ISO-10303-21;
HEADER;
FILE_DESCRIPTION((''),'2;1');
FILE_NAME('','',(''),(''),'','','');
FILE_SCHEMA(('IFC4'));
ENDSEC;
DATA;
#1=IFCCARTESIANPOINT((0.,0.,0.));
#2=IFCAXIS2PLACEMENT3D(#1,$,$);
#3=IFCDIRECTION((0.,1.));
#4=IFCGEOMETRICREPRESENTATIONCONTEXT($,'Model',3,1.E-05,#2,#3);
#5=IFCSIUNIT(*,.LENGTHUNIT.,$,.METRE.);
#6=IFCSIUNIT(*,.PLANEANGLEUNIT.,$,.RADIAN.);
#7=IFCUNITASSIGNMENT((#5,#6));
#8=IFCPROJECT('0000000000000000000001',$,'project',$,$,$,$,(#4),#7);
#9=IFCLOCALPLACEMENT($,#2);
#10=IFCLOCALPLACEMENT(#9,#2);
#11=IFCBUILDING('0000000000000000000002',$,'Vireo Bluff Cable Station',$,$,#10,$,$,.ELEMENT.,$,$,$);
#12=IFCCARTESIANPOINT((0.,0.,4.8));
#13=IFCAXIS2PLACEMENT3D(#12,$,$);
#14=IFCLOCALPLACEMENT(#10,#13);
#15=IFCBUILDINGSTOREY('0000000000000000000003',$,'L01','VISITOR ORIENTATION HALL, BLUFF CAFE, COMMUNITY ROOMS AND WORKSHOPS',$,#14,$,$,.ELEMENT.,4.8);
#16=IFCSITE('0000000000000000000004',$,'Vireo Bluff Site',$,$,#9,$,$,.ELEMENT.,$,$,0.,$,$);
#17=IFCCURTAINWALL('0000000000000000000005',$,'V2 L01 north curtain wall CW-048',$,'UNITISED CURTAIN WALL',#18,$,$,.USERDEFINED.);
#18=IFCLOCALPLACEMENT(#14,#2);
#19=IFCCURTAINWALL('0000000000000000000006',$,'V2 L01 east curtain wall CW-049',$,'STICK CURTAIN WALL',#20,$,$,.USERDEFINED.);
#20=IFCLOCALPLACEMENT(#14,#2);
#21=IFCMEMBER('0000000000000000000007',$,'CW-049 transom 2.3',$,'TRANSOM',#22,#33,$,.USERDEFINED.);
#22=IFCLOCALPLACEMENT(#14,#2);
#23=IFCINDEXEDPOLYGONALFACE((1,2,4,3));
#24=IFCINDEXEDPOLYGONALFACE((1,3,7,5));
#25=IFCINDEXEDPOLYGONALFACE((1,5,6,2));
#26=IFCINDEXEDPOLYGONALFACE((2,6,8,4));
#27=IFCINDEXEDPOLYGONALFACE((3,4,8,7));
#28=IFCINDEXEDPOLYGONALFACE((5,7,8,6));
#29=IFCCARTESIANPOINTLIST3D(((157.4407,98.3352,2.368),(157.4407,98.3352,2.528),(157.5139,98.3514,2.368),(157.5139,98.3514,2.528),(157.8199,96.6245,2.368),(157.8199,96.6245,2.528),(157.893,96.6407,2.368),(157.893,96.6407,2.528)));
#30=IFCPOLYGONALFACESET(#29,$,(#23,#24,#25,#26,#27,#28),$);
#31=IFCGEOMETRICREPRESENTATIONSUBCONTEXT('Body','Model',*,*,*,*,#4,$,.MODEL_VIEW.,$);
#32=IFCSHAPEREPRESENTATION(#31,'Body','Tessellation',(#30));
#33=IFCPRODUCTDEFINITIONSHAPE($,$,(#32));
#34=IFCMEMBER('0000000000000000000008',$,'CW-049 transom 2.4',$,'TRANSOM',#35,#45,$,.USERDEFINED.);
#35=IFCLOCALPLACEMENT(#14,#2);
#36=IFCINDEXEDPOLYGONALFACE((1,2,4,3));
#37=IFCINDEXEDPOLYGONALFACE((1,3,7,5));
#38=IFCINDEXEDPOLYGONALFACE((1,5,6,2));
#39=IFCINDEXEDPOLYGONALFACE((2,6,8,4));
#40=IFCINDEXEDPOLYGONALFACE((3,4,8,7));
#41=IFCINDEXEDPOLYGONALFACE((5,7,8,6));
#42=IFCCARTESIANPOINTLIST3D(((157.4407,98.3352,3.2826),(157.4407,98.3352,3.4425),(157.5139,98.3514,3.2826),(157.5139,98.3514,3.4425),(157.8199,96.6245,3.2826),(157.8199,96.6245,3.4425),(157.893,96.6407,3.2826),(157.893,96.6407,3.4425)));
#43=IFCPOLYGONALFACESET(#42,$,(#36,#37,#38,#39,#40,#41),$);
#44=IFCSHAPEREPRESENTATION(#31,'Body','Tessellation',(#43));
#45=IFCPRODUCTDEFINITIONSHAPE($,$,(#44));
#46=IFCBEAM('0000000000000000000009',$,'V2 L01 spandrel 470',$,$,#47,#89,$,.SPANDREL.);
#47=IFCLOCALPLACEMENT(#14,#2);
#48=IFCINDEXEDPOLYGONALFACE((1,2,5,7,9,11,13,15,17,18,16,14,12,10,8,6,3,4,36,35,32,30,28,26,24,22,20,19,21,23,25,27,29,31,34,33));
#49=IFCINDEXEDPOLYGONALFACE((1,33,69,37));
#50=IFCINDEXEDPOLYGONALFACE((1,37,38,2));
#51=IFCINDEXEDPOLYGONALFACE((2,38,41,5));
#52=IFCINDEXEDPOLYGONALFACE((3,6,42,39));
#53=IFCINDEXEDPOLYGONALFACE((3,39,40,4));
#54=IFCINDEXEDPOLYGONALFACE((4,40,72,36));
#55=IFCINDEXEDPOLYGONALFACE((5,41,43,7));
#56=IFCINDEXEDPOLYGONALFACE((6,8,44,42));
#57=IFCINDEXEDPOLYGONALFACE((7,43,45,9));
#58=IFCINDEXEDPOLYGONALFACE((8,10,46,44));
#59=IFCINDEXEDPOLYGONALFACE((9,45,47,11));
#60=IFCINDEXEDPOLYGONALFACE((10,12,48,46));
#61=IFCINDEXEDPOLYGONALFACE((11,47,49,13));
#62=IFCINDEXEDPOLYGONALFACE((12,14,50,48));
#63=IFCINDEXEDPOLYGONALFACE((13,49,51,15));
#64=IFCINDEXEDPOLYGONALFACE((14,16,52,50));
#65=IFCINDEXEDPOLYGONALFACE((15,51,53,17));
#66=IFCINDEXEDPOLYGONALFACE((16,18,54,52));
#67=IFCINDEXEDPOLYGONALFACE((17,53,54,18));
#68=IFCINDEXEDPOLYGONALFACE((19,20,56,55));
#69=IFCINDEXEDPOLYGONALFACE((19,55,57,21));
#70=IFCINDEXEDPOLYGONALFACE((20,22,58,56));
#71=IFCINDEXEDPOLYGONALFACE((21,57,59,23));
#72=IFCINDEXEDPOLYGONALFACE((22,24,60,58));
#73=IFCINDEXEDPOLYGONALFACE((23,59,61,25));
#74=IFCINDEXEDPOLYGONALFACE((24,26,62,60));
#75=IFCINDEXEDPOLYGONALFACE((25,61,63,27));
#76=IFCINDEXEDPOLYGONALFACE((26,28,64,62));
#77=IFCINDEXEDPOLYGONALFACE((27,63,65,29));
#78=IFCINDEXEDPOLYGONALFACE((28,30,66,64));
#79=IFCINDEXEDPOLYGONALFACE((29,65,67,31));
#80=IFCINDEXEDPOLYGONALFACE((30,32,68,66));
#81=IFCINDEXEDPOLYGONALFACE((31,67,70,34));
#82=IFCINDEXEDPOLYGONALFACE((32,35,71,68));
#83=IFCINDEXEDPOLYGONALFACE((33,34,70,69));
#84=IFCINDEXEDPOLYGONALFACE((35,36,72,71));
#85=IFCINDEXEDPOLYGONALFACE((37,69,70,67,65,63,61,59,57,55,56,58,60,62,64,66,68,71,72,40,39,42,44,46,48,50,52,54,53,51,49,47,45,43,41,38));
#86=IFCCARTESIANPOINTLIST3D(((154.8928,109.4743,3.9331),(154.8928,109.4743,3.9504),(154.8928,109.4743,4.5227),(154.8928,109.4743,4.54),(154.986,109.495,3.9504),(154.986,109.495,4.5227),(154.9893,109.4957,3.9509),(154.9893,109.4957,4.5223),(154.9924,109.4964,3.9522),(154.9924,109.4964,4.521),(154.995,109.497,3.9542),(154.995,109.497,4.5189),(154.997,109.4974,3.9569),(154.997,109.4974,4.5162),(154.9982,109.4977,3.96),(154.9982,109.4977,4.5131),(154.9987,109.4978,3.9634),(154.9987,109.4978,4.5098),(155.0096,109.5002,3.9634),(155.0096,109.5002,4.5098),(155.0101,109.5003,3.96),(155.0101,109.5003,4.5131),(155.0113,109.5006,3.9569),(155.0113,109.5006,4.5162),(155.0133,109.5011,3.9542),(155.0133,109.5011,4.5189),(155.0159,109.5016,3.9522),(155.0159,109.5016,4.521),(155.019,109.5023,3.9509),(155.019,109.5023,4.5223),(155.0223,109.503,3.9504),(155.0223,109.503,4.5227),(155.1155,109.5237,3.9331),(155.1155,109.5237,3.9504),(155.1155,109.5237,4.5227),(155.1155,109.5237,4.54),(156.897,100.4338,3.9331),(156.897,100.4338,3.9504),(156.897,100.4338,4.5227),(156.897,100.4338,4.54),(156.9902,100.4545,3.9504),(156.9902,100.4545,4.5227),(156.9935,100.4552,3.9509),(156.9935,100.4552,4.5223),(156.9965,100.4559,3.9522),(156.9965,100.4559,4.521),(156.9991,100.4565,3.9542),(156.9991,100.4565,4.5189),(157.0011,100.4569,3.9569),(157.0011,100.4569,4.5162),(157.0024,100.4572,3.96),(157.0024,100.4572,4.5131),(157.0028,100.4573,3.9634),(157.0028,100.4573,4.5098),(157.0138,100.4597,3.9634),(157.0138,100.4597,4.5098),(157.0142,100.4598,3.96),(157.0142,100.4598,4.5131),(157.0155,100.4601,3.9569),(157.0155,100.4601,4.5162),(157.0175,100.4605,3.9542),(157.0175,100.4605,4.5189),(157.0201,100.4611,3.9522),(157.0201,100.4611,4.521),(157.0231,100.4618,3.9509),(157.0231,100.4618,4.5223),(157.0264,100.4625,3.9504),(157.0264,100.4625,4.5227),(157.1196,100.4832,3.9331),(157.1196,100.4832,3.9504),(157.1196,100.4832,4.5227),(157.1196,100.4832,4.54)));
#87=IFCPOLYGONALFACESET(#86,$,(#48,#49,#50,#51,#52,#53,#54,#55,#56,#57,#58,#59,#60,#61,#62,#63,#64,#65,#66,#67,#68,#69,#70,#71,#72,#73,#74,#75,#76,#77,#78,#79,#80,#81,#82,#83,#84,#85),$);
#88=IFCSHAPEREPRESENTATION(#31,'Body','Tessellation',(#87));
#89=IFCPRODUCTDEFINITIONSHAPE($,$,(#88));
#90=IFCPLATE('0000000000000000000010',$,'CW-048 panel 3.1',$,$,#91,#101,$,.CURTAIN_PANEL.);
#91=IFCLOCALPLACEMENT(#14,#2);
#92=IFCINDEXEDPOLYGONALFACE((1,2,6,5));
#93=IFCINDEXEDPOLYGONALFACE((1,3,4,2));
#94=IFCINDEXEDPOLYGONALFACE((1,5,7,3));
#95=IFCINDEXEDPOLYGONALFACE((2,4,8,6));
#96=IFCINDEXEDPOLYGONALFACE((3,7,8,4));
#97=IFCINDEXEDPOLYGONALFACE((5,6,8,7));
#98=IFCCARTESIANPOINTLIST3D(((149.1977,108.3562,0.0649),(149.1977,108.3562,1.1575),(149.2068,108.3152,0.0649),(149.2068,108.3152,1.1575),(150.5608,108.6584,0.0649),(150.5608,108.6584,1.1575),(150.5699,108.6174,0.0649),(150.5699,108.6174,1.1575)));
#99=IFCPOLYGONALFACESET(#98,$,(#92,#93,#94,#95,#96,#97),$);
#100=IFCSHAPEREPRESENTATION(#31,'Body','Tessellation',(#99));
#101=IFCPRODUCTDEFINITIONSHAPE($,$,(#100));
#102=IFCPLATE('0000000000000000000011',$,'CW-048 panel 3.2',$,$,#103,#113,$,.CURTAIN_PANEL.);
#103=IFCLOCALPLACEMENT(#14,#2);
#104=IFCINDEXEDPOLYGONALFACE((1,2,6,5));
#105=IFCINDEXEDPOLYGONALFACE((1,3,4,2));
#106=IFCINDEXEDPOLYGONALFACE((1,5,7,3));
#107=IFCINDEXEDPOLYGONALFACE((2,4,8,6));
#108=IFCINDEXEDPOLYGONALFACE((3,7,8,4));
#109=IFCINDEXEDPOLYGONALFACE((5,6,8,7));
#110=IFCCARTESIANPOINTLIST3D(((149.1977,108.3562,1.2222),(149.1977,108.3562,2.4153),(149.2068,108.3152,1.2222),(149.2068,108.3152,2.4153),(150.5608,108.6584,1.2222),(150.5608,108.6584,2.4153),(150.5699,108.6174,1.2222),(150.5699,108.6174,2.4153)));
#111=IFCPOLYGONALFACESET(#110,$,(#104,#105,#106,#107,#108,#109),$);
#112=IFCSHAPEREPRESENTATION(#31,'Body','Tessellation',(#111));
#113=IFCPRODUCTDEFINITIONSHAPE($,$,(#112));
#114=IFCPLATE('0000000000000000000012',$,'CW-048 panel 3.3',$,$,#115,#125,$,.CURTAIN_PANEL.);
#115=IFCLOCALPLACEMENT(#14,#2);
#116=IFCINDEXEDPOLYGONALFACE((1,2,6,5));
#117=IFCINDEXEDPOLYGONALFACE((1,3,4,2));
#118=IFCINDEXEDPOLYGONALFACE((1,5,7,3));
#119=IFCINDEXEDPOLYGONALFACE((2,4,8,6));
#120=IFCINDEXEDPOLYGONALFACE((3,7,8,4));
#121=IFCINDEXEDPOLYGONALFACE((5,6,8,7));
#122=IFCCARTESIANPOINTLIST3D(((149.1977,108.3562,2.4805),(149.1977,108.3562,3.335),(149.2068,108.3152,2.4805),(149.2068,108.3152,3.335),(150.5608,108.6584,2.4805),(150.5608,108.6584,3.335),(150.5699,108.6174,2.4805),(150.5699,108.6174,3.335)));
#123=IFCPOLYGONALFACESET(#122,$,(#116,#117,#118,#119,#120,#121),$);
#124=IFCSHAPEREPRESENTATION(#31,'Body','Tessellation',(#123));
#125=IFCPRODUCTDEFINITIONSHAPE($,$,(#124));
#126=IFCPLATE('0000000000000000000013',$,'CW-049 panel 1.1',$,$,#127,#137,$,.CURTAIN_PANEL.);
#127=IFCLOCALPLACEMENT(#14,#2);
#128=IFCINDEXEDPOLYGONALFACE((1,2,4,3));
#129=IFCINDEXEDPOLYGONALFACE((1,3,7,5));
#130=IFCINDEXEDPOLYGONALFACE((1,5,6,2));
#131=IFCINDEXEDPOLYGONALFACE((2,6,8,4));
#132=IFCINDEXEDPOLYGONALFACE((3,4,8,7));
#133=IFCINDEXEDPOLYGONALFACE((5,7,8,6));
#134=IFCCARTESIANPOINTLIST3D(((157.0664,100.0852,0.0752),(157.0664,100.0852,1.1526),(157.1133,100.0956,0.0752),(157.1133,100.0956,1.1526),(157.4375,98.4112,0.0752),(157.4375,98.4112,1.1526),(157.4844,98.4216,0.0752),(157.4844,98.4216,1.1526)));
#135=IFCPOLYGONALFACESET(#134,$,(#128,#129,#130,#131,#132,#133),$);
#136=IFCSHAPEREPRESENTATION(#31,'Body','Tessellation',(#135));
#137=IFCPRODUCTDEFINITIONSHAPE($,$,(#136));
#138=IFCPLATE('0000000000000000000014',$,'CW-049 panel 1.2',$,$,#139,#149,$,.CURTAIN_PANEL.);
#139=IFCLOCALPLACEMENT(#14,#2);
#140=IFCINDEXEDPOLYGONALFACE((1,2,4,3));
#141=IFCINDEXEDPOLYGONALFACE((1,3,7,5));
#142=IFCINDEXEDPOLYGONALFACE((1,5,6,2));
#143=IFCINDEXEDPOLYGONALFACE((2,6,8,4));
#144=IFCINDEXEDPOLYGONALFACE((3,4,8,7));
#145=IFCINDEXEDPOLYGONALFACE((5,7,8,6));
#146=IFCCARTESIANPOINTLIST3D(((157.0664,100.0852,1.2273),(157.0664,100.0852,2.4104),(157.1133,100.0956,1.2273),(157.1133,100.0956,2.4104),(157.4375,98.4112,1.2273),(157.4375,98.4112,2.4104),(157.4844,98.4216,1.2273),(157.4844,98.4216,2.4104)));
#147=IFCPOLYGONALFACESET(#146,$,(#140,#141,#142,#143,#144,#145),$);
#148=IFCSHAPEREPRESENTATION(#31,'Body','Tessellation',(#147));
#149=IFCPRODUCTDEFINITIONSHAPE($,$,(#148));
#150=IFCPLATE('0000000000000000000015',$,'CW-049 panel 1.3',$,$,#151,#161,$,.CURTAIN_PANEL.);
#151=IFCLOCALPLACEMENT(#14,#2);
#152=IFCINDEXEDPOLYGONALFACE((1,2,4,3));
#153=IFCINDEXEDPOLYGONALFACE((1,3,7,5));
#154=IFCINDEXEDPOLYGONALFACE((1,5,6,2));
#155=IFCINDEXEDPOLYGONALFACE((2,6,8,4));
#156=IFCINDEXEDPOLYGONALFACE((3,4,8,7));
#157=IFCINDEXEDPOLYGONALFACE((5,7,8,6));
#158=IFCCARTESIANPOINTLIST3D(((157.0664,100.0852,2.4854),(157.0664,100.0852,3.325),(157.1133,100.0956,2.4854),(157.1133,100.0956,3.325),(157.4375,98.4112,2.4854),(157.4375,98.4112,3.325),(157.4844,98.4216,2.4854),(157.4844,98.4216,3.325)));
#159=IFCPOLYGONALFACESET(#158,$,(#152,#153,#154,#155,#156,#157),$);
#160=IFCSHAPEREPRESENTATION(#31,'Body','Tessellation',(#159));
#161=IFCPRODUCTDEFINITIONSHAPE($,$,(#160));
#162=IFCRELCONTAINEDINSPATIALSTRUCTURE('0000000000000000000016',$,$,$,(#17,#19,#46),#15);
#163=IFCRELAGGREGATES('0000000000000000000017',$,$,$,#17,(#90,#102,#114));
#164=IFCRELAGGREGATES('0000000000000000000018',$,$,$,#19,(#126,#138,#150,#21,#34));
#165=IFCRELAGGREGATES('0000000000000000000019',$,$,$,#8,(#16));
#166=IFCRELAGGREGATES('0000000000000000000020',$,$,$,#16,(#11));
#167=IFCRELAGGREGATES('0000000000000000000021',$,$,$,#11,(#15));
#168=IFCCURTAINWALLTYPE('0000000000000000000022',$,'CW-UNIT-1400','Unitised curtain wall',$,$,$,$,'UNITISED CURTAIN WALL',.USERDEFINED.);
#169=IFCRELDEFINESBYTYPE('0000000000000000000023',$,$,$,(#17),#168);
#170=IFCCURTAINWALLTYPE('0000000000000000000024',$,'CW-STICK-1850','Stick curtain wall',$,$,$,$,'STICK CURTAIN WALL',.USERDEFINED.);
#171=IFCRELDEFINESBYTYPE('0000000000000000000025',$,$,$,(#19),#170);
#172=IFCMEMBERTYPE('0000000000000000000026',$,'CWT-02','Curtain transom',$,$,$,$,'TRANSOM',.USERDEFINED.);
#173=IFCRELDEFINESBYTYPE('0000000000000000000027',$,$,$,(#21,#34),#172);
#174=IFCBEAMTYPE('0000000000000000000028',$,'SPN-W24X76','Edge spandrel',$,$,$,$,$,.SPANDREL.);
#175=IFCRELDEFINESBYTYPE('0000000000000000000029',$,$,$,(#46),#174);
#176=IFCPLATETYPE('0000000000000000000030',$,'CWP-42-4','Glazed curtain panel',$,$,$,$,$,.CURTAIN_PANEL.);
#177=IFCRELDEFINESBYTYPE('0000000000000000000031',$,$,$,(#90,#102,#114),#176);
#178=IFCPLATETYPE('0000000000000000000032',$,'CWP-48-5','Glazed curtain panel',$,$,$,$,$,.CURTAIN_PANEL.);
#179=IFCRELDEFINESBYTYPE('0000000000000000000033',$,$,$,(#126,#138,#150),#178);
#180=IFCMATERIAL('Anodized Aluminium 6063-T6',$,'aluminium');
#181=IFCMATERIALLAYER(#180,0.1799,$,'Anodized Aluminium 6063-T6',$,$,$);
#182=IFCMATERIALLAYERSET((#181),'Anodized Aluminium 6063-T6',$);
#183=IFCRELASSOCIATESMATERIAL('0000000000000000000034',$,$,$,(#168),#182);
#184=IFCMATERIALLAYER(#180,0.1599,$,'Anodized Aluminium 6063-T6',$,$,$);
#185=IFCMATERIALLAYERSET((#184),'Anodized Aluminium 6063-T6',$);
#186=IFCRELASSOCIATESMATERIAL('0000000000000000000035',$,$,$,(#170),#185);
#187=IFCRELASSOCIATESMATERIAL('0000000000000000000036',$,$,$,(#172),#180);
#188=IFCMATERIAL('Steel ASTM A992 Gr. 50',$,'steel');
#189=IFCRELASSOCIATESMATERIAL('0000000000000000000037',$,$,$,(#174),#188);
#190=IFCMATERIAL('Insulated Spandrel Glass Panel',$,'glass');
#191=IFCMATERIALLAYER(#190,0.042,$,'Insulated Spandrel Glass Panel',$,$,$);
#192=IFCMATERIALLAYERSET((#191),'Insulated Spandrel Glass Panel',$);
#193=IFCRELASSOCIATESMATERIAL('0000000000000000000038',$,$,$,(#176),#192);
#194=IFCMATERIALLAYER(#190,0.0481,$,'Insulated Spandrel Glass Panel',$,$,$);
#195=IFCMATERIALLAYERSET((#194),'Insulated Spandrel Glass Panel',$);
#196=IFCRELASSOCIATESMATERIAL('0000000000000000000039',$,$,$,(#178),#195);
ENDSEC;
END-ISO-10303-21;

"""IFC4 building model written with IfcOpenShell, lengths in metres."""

from ifc_helpers import new_model, si_unit, direction, frame, origin, origin_2d, place, context, subcontext, project, spatial, rectangle, i_section, extrude, material, layer, layer_set, material_profile, profile_set, type_object, element, aggregate, save


model = new_model("IFC4")

# Units and contexts
model_context = context("Model", 3, precision=1e-05, world=origin(), true_north=direction((0.0, 1.0)))
body_context = subcontext(model_context, "Body", "Model", "MODEL_VIEW")
ifc_project = project(units=[si_unit("LENGTHUNIT", "METRE"), si_unit("PLANEANGLEUNIT", "RADIAN")], contexts=[model_context])

# Site, building, storey
site_placement = place(None, origin())
site = spatial("IfcSite", under=ifc_project, at=site_placement, Name="Vireo Bluff Site", CompositionType="ELEMENT", RefElevation=0.0)
building_placement = place(site_placement, origin())
building = spatial("IfcBuilding", under=site, at=building_placement, Name="Vireo Bluff Cable Station", CompositionType="ELEMENT")
storey_placement = place(building_placement, frame((0.0, 0.0, 4.8)))
storey = spatial("IfcBuildingStorey", under=building, at=storey_placement, Name="L01", Description="VISITOR ORIENTATION HALL, BLUFF CAFE, COMMUNITY ROOMS AND WORKSHOPS", CompositionType="ELEMENT", Elevation=4.8)

# Shared definitions
ifc_material_1 = material(Name="Steel ASTM A992 Gr. 50", Category="steel")

# Curtain wall
ifc_material_2 = material(Name="Anodized Aluminium 6063-T6", Category="aluminium")
ifc_layer_1 = layer(ifc_material_2, 0.1799, Name="Anodized Aluminium 6063-T6")
ifc_layer_set_1 = layer_set([ifc_layer_1], Name="Anodized Aluminium 6063-T6")
curtain_wall_type_1 = type_object("IfcCurtainWallType", Name="CW-UNIT-1400", Description="Unitised curtain wall", ElementType="UNITISED CURTAIN WALL", PredefinedType="USERDEFINED", material=ifc_layer_set_1)
curtain_wall_1_placement = place(storey_placement, origin())
curtain_wall_1 = element("IfcCurtainWall", 1, at=curtain_wall_1_placement, inside=storey, type_object=curtain_wall_type_1, Name="V2 L01 north curtain wall CW-048", ObjectType="UNITISED CURTAIN WALL", PredefinedType="USERDEFINED")

# Curtain wall
ifc_layer_2 = layer(ifc_material_2, 0.1599, Name="Anodized Aluminium 6063-T6")
ifc_layer_set_2 = layer_set([ifc_layer_2], Name="Anodized Aluminium 6063-T6")
curtain_wall_type_2 = type_object("IfcCurtainWallType", Name="CW-STICK-1850", Description="Stick curtain wall", ElementType="STICK CURTAIN WALL", PredefinedType="USERDEFINED", material=ifc_layer_set_2)
curtain_wall_2_placement = place(storey_placement, origin())
curtain_wall_2 = element("IfcCurtainWall", 2, at=curtain_wall_2_placement, inside=storey, type_object=curtain_wall_type_2, Name="V2 L01 east curtain wall CW-049", ObjectType="STICK CURTAIN WALL", PredefinedType="USERDEFINED")

# Members
ifc_material_profile_1 = material_profile(ifc_material_2, rectangle(XDim=0.075, YDim=0.1599, at=origin_2d()), Name="ALU-T-75X160")
ifc_profile_set_1 = profile_set([ifc_material_profile_1], Name="Anodized Aluminium 6063-T6")
member_type_1 = type_object("IfcMemberType", Name="CWT-02", Description="Curtain transom", ElementType="TRANSOM", PredefinedType="USERDEFINED", material=ifc_profile_set_1)
member_1_placement = place(storey_placement, frame((157.4773, 98.3433, 2.448), z_axis=(0.216385, -0.976308, 0.0), x_axis=(0.976308, 0.216385, 0.0)))
member_1 = element("IfcMember", 3, at=member_1_placement, type_object=member_type_1, Name="CW-049 transom 2.3", ObjectType="TRANSOM", PredefinedType="USERDEFINED", context=body_context, shape_type="SweptSolid", body=[
    extrude(rectangle(XDim=0.075, YDim=0.1599, at=origin_2d()), origin(), (0.0, 0.0, 1.0), 1.7522),
])
member_2_placement = place(storey_placement, frame((157.4773, 98.3433, 3.3625), z_axis=(0.216385, -0.976308, 0.0), x_axis=(0.976308, 0.216385, 0.0)))
member_2 = element("IfcMember", 4, at=member_2_placement, type_object=member_type_1, Name="CW-049 transom 2.4", ObjectType="TRANSOM", PredefinedType="USERDEFINED", context=body_context, shape_type="SweptSolid", body=[
    extrude(rectangle(XDim=0.075, YDim=0.1599, at=origin_2d()), origin(), (0.0, 0.0, 1.0), 1.7522),
])

# Beam
ifc_material_profile_2 = material_profile(ifc_material_1, i_section(OverallWidth=0.228, OverallDepth=0.6069, WebThickness=0.0112, FlangeThickness=0.0173, FilletRadius=0.0129, at=origin_2d()), Name="W24X76")
ifc_profile_set_2 = profile_set([ifc_material_profile_2], Name="Steel ASTM A992 Gr. 50")
beam_type = type_object("IfcBeamType", Name="SPN-W24X76", Description="Edge spandrel", PredefinedType="SPANDREL", material=ifc_profile_set_2)
beam_placement = place(storey_placement, frame((157.0083, 100.4585, 4.2366), z_axis=(-0.216431, 0.976298, 0.0), x_axis=(-0.976298, -0.216431, 0.0)))
element("IfcBeam", 5, at=beam_placement, inside=storey, type_object=beam_type, Name="V2 L01 spandrel 470", PredefinedType="SPANDREL", context=body_context, shape_type="SweptSolid", body=[
    extrude(i_section(OverallWidth=0.228, OverallDepth=0.6069, WebThickness=0.0112, FlangeThickness=0.0173, FilletRadius=0.0129, at=origin_2d()), origin(), (0.0, 0.0, 1.0), 9.26),
])

# Plates
ifc_material_3 = material(Name="Insulated Spandrel Glass Panel", Category="glass")
ifc_layer_3 = layer(ifc_material_3, 0.042, Name="Insulated Spandrel Glass Panel")
ifc_layer_set_3 = layer_set([ifc_layer_3], Name="Insulated Spandrel Glass Panel")
plate_type_1 = type_object("IfcPlateType", Name="CWP-42-4", Description="Glazed curtain panel", PredefinedType="CURTAIN_PANEL", material=ifc_layer_set_3)
plate_1_placement = place(storey_placement, frame((149.8838, 108.4868, 0.0649), z_axis=(0.0, 0.0, 1.0), x_axis=(0.976296, 0.21644, 0.0)))
plate_1 = element("IfcPlate", 6, at=plate_1_placement, type_object=plate_type_1, Name="CW-048 panel 3.1", PredefinedType="CURTAIN_PANEL", context=body_context, shape_type="SweptSolid", body=[
    extrude(rectangle(XDim=1.3962, YDim=0.042, at=origin_2d()), origin(), (0.0, 0.0, 1.0), 1.0925),
])
plate_2_placement = place(storey_placement, frame((149.8838, 108.4868, 1.2222), z_axis=(0.0, 0.0, 1.0), x_axis=(0.976296, 0.21644, 0.0)))
plate_2 = element("IfcPlate", 7, at=plate_2_placement, type_object=plate_type_1, Name="CW-048 panel 3.2", PredefinedType="CURTAIN_PANEL", context=body_context, shape_type="SweptSolid", body=[
    extrude(rectangle(XDim=1.3962, YDim=0.042, at=origin_2d()), origin(), (0.0, 0.0, 1.0), 1.1931),
])
plate_3_placement = place(storey_placement, frame((149.8838, 108.4868, 2.4805), z_axis=(0.0, 0.0, 1.0), x_axis=(0.976296, 0.21644, 0.0)))
plate_3 = element("IfcPlate", 8, at=plate_3_placement, type_object=plate_type_1, Name="CW-048 panel 3.3", PredefinedType="CURTAIN_PANEL", context=body_context, shape_type="SweptSolid", body=[
    extrude(rectangle(XDim=1.3962, YDim=0.042, at=origin_2d()), origin(), (0.0, 0.0, 1.0), 0.8545),
])
aggregate(curtain_wall_1, [plate_1, plate_2, plate_3])
ifc_layer_4 = layer(ifc_material_3, 0.0481, Name="Insulated Spandrel Glass Panel")
ifc_layer_set_4 = layer_set([ifc_layer_4], Name="Insulated Spandrel Glass Panel")
plate_type_2 = type_object("IfcPlateType", Name="CWP-48-5", Description="Glazed curtain panel", PredefinedType="CURTAIN_PANEL", material=ifc_layer_set_4)
plate_4_placement = place(storey_placement, frame((157.2754, 99.2534, 0.0752), z_axis=(0.0, 0.0, 1.0), x_axis=(0.21644, -0.976296, 0.0)))
plate_4 = element("IfcPlate", 9, at=plate_4_placement, type_object=plate_type_2, Name="CW-049 panel 1.1", PredefinedType="CURTAIN_PANEL", context=body_context, shape_type="SweptSolid", body=[
    extrude(rectangle(XDim=1.7146, YDim=0.0481, at=origin_2d()), origin(), (0.0, 0.0, 1.0), 1.0774),
])
plate_5_placement = place(storey_placement, frame((157.2754, 99.2534, 1.2273), z_axis=(0.0, 0.0, 1.0), x_axis=(0.21644, -0.976296, 0.0)))
plate_5 = element("IfcPlate", 10, at=plate_5_placement, type_object=plate_type_2, Name="CW-049 panel 1.2", PredefinedType="CURTAIN_PANEL", context=body_context, shape_type="SweptSolid", body=[
    extrude(rectangle(XDim=1.7146, YDim=0.0481, at=origin_2d()), origin(), (0.0, 0.0, 1.0), 1.1831),
])
plate_6_placement = place(storey_placement, frame((157.2754, 99.2534, 2.4854), z_axis=(0.0, 0.0, 1.0), x_axis=(0.21644, -0.976296, 0.0)))
plate_6 = element("IfcPlate", 11, at=plate_6_placement, type_object=plate_type_2, Name="CW-049 panel 1.3", PredefinedType="CURTAIN_PANEL", context=body_context, shape_type="SweptSolid", body=[
    extrude(rectangle(XDim=1.7146, YDim=0.0481, at=origin_2d()), origin(), (0.0, 0.0, 1.0), 0.8396),
])
aggregate(curtain_wall_2, [plate_4, plate_5, plate_6, member_1, member_2])

save(model, "model.ifc")
